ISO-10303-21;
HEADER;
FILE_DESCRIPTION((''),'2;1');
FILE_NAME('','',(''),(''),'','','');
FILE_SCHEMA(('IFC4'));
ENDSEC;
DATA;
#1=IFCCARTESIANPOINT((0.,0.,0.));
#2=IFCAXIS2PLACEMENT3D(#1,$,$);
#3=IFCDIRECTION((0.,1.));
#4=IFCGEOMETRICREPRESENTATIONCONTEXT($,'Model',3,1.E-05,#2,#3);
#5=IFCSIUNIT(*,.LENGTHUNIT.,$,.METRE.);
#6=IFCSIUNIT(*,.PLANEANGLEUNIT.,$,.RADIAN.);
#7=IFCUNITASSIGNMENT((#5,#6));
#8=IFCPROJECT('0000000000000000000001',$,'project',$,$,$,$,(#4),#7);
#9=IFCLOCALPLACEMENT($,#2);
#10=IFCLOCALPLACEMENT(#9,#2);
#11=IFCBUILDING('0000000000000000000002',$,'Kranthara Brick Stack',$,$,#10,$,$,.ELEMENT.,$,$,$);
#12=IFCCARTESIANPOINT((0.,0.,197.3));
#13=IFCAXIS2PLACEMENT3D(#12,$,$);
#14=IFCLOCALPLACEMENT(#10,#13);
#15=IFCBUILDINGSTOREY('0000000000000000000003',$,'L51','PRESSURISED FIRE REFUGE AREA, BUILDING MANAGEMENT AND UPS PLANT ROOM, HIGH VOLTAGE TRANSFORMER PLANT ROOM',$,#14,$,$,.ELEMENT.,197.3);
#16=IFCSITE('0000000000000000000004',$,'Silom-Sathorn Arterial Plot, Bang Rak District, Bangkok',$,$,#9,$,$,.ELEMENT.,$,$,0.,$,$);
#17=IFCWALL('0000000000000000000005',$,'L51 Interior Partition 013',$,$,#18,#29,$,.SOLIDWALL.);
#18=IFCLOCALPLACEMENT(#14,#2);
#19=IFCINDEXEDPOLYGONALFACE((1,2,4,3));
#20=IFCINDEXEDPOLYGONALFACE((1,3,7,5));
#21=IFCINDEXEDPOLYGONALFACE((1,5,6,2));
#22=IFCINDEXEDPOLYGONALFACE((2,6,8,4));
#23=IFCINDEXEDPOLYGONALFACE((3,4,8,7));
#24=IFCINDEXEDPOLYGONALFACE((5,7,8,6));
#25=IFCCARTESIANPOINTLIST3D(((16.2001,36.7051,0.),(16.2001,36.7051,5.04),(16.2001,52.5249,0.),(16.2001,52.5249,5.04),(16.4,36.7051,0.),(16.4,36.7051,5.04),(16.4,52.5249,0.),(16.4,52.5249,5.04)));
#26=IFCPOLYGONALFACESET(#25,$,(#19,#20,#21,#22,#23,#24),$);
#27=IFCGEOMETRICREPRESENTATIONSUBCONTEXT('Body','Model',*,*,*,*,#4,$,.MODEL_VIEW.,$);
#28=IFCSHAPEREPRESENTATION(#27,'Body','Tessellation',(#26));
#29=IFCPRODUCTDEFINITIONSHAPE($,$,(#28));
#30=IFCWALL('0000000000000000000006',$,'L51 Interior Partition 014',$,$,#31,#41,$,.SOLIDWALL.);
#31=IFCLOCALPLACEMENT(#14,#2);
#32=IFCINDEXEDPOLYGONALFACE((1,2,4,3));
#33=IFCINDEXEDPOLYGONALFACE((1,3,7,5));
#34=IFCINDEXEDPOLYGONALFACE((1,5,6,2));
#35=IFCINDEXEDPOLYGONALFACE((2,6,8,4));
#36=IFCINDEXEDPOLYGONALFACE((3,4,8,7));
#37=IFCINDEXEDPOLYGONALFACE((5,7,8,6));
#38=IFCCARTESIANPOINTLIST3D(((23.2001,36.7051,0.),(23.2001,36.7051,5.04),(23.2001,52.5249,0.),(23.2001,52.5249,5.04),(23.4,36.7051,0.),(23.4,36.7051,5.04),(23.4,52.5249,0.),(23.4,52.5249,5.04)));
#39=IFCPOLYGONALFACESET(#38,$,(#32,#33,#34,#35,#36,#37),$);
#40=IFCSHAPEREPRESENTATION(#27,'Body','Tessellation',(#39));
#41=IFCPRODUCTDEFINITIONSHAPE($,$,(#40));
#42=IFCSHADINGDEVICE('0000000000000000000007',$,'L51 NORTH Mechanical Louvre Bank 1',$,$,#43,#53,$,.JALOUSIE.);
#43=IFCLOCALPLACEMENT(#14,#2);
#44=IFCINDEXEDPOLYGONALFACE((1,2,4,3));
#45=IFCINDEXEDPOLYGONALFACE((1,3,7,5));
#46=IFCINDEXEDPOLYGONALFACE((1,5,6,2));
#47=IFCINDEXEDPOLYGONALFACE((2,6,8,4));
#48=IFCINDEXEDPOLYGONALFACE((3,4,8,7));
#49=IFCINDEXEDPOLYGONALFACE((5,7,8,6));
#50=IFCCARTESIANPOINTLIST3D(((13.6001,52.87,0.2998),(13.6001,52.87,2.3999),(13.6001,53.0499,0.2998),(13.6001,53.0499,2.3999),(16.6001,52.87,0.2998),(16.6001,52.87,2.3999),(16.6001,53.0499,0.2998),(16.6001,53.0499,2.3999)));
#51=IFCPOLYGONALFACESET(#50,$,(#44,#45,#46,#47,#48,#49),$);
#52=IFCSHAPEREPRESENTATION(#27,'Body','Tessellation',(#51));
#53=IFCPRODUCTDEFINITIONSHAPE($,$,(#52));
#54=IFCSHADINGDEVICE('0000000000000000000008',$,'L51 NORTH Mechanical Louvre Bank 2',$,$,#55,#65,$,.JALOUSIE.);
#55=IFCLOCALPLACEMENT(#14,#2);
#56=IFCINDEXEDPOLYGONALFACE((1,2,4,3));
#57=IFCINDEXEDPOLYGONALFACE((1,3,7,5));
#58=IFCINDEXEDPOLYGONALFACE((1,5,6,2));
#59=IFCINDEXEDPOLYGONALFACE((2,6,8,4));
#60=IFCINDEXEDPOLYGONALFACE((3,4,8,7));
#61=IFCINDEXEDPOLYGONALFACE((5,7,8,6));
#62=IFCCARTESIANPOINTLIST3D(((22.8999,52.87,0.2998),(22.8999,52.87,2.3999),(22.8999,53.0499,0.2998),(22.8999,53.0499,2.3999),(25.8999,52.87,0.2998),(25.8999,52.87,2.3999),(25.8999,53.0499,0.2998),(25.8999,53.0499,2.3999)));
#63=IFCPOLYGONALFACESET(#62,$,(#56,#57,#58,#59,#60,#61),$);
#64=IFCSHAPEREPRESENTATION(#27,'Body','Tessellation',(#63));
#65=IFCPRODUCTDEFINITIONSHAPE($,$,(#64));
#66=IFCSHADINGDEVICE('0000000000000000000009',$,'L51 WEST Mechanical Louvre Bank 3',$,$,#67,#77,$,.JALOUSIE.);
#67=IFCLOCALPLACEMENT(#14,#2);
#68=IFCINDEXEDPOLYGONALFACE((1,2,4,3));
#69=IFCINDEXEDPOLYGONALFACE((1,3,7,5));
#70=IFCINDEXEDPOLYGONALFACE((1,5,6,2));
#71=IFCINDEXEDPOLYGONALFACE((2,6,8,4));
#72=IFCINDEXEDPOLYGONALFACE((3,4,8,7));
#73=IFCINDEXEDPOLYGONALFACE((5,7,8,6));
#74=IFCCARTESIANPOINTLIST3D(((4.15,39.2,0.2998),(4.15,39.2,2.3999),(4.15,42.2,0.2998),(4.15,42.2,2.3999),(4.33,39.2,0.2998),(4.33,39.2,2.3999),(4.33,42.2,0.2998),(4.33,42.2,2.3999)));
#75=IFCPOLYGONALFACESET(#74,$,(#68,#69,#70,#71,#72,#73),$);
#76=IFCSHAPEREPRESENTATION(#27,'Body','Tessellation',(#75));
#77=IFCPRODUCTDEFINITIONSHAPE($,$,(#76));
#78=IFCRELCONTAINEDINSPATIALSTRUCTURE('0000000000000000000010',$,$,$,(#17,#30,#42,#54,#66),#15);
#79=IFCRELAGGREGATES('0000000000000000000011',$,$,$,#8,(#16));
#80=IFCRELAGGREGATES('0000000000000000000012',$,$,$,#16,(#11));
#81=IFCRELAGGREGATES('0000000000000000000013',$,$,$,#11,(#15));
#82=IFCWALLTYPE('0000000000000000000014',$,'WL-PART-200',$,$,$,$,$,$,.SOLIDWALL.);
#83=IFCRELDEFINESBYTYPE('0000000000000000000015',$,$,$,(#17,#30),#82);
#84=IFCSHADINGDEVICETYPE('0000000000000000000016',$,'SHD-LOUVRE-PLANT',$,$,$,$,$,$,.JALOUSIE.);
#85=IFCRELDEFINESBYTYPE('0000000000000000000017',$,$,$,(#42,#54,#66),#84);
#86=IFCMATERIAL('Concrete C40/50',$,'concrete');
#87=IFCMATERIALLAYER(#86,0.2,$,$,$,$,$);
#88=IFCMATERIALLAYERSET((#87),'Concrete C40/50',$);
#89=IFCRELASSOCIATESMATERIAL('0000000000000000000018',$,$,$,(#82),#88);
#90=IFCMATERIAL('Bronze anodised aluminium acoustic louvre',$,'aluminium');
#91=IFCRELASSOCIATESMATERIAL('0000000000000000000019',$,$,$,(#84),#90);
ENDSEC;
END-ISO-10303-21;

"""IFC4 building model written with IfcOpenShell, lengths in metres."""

from ifc_helpers import new_model, si_unit, direction, frame, frame_2d, origin, origin_2d, place, context, subcontext, project, spatial, rectangle, extrude, material, layer, layer_set, type_object, element, save


model = new_model("IFC4")

# Units and contexts
model_context = context("Model", 3, precision=1e-05, world=origin(), true_north=direction((0.0, 1.0)))
body_context = subcontext(model_context, "Body", "Model", "MODEL_VIEW")
ifc_project = project(units=[si_unit("LENGTHUNIT", "METRE"), si_unit("PLANEANGLEUNIT", "RADIAN")], contexts=[model_context])

# Site, building, storey
site_placement = place(None, origin())
site = spatial("IfcSite", under=ifc_project, at=site_placement, Name="Silom-Sathorn Arterial Plot, Bang Rak District, Bangkok", CompositionType="ELEMENT", RefElevation=0.0)
building_placement = place(site_placement, origin())
building = spatial("IfcBuilding", under=site, at=building_placement, Name="Kranthara Brick Stack", CompositionType="ELEMENT")
storey_placement = place(building_placement, frame((0.0, 0.0, 197.3)))
storey = spatial("IfcBuildingStorey", under=building, at=storey_placement, Name="L51", Description="PRESSURISED FIRE REFUGE AREA, BUILDING MANAGEMENT AND UPS PLANT ROOM, HIGH VOLTAGE TRANSFORMER PLANT ROOM", CompositionType="ELEMENT", Elevation=197.3)

# Shared definitions
ifc_material_1 = material(Name="Concrete C40/50", Category="concrete")
ifc_layer_1 = layer(ifc_material_1, 0.2)
ifc_layer_set_1 = layer_set([ifc_layer_1], Name="Concrete C40/50")
wall_type_1 = type_object("IfcWallType", Name="WL-PART-200", PredefinedType="SOLIDWALL", material=ifc_layer_set_1)

# Walls
for number, where, z_axis, x_axis, name in (
    (1, (16.3, 36.7051, 0.0), (0.0, 0.0, 1.0), (0.0, 1.0, 0.0), "L51 Interior Partition 013"),
    (2, (23.3, 36.7051, 0.0), (0.0, 0.0, 1.0), (0.0, 1.0, 0.0), "L51 Interior Partition 014"),
):
    element("IfcWall", number, at=place(storey_placement, frame(where, z_axis=z_axis, x_axis=x_axis)), inside=storey, type_object=wall_type_1, Name=name, PredefinedType="SOLIDWALL", context=body_context, shape_type="SweptSolid", body=[
        extrude(rectangle(XDim=15.8198, YDim=0.2, at=frame_2d((7.9099, 0.0))), origin(), (0.0, 0.0, 1.0), 5.04),
    ])

# Shading devices
ifc_material_2 = material(Name="Bronze anodised aluminium acoustic louvre", Category="aluminium")
shading_device_type = type_object("IfcShadingDeviceType", Name="SHD-LOUVRE-PLANT", PredefinedType="JALOUSIE", material=ifc_material_2)
for number, where, z_axis, x_axis, name in (
    (3, (15.1001, 52.96, 0.2998), (0.0, 0.0, 1.0), (1.0, 0.0, 0.0), "L51 NORTH Mechanical Louvre Bank 1"),
    (4, (24.3999, 52.96, 0.2998), (0.0, 0.0, 1.0), (1.0, 0.0, 0.0), "L51 NORTH Mechanical Louvre Bank 2"),
    (5, (4.24, 40.7, 0.2998), (0.0, 0.0, 1.0), (0.0, 1.0, 0.0), "L51 WEST Mechanical Louvre Bank 3"),
):
    element("IfcShadingDevice", number, at=place(storey_placement, frame(where, z_axis=z_axis, x_axis=x_axis)), inside=storey, type_object=shading_device_type, Name=name, PredefinedType="JALOUSIE", context=body_context, shape_type="SweptSolid", body=[
        extrude(rectangle(XDim=3.0, YDim=0.1799, at=origin_2d()), origin(), (0.0, 0.0, 1.0), 2.1001),
    ])

save(model, "model.ifc")
